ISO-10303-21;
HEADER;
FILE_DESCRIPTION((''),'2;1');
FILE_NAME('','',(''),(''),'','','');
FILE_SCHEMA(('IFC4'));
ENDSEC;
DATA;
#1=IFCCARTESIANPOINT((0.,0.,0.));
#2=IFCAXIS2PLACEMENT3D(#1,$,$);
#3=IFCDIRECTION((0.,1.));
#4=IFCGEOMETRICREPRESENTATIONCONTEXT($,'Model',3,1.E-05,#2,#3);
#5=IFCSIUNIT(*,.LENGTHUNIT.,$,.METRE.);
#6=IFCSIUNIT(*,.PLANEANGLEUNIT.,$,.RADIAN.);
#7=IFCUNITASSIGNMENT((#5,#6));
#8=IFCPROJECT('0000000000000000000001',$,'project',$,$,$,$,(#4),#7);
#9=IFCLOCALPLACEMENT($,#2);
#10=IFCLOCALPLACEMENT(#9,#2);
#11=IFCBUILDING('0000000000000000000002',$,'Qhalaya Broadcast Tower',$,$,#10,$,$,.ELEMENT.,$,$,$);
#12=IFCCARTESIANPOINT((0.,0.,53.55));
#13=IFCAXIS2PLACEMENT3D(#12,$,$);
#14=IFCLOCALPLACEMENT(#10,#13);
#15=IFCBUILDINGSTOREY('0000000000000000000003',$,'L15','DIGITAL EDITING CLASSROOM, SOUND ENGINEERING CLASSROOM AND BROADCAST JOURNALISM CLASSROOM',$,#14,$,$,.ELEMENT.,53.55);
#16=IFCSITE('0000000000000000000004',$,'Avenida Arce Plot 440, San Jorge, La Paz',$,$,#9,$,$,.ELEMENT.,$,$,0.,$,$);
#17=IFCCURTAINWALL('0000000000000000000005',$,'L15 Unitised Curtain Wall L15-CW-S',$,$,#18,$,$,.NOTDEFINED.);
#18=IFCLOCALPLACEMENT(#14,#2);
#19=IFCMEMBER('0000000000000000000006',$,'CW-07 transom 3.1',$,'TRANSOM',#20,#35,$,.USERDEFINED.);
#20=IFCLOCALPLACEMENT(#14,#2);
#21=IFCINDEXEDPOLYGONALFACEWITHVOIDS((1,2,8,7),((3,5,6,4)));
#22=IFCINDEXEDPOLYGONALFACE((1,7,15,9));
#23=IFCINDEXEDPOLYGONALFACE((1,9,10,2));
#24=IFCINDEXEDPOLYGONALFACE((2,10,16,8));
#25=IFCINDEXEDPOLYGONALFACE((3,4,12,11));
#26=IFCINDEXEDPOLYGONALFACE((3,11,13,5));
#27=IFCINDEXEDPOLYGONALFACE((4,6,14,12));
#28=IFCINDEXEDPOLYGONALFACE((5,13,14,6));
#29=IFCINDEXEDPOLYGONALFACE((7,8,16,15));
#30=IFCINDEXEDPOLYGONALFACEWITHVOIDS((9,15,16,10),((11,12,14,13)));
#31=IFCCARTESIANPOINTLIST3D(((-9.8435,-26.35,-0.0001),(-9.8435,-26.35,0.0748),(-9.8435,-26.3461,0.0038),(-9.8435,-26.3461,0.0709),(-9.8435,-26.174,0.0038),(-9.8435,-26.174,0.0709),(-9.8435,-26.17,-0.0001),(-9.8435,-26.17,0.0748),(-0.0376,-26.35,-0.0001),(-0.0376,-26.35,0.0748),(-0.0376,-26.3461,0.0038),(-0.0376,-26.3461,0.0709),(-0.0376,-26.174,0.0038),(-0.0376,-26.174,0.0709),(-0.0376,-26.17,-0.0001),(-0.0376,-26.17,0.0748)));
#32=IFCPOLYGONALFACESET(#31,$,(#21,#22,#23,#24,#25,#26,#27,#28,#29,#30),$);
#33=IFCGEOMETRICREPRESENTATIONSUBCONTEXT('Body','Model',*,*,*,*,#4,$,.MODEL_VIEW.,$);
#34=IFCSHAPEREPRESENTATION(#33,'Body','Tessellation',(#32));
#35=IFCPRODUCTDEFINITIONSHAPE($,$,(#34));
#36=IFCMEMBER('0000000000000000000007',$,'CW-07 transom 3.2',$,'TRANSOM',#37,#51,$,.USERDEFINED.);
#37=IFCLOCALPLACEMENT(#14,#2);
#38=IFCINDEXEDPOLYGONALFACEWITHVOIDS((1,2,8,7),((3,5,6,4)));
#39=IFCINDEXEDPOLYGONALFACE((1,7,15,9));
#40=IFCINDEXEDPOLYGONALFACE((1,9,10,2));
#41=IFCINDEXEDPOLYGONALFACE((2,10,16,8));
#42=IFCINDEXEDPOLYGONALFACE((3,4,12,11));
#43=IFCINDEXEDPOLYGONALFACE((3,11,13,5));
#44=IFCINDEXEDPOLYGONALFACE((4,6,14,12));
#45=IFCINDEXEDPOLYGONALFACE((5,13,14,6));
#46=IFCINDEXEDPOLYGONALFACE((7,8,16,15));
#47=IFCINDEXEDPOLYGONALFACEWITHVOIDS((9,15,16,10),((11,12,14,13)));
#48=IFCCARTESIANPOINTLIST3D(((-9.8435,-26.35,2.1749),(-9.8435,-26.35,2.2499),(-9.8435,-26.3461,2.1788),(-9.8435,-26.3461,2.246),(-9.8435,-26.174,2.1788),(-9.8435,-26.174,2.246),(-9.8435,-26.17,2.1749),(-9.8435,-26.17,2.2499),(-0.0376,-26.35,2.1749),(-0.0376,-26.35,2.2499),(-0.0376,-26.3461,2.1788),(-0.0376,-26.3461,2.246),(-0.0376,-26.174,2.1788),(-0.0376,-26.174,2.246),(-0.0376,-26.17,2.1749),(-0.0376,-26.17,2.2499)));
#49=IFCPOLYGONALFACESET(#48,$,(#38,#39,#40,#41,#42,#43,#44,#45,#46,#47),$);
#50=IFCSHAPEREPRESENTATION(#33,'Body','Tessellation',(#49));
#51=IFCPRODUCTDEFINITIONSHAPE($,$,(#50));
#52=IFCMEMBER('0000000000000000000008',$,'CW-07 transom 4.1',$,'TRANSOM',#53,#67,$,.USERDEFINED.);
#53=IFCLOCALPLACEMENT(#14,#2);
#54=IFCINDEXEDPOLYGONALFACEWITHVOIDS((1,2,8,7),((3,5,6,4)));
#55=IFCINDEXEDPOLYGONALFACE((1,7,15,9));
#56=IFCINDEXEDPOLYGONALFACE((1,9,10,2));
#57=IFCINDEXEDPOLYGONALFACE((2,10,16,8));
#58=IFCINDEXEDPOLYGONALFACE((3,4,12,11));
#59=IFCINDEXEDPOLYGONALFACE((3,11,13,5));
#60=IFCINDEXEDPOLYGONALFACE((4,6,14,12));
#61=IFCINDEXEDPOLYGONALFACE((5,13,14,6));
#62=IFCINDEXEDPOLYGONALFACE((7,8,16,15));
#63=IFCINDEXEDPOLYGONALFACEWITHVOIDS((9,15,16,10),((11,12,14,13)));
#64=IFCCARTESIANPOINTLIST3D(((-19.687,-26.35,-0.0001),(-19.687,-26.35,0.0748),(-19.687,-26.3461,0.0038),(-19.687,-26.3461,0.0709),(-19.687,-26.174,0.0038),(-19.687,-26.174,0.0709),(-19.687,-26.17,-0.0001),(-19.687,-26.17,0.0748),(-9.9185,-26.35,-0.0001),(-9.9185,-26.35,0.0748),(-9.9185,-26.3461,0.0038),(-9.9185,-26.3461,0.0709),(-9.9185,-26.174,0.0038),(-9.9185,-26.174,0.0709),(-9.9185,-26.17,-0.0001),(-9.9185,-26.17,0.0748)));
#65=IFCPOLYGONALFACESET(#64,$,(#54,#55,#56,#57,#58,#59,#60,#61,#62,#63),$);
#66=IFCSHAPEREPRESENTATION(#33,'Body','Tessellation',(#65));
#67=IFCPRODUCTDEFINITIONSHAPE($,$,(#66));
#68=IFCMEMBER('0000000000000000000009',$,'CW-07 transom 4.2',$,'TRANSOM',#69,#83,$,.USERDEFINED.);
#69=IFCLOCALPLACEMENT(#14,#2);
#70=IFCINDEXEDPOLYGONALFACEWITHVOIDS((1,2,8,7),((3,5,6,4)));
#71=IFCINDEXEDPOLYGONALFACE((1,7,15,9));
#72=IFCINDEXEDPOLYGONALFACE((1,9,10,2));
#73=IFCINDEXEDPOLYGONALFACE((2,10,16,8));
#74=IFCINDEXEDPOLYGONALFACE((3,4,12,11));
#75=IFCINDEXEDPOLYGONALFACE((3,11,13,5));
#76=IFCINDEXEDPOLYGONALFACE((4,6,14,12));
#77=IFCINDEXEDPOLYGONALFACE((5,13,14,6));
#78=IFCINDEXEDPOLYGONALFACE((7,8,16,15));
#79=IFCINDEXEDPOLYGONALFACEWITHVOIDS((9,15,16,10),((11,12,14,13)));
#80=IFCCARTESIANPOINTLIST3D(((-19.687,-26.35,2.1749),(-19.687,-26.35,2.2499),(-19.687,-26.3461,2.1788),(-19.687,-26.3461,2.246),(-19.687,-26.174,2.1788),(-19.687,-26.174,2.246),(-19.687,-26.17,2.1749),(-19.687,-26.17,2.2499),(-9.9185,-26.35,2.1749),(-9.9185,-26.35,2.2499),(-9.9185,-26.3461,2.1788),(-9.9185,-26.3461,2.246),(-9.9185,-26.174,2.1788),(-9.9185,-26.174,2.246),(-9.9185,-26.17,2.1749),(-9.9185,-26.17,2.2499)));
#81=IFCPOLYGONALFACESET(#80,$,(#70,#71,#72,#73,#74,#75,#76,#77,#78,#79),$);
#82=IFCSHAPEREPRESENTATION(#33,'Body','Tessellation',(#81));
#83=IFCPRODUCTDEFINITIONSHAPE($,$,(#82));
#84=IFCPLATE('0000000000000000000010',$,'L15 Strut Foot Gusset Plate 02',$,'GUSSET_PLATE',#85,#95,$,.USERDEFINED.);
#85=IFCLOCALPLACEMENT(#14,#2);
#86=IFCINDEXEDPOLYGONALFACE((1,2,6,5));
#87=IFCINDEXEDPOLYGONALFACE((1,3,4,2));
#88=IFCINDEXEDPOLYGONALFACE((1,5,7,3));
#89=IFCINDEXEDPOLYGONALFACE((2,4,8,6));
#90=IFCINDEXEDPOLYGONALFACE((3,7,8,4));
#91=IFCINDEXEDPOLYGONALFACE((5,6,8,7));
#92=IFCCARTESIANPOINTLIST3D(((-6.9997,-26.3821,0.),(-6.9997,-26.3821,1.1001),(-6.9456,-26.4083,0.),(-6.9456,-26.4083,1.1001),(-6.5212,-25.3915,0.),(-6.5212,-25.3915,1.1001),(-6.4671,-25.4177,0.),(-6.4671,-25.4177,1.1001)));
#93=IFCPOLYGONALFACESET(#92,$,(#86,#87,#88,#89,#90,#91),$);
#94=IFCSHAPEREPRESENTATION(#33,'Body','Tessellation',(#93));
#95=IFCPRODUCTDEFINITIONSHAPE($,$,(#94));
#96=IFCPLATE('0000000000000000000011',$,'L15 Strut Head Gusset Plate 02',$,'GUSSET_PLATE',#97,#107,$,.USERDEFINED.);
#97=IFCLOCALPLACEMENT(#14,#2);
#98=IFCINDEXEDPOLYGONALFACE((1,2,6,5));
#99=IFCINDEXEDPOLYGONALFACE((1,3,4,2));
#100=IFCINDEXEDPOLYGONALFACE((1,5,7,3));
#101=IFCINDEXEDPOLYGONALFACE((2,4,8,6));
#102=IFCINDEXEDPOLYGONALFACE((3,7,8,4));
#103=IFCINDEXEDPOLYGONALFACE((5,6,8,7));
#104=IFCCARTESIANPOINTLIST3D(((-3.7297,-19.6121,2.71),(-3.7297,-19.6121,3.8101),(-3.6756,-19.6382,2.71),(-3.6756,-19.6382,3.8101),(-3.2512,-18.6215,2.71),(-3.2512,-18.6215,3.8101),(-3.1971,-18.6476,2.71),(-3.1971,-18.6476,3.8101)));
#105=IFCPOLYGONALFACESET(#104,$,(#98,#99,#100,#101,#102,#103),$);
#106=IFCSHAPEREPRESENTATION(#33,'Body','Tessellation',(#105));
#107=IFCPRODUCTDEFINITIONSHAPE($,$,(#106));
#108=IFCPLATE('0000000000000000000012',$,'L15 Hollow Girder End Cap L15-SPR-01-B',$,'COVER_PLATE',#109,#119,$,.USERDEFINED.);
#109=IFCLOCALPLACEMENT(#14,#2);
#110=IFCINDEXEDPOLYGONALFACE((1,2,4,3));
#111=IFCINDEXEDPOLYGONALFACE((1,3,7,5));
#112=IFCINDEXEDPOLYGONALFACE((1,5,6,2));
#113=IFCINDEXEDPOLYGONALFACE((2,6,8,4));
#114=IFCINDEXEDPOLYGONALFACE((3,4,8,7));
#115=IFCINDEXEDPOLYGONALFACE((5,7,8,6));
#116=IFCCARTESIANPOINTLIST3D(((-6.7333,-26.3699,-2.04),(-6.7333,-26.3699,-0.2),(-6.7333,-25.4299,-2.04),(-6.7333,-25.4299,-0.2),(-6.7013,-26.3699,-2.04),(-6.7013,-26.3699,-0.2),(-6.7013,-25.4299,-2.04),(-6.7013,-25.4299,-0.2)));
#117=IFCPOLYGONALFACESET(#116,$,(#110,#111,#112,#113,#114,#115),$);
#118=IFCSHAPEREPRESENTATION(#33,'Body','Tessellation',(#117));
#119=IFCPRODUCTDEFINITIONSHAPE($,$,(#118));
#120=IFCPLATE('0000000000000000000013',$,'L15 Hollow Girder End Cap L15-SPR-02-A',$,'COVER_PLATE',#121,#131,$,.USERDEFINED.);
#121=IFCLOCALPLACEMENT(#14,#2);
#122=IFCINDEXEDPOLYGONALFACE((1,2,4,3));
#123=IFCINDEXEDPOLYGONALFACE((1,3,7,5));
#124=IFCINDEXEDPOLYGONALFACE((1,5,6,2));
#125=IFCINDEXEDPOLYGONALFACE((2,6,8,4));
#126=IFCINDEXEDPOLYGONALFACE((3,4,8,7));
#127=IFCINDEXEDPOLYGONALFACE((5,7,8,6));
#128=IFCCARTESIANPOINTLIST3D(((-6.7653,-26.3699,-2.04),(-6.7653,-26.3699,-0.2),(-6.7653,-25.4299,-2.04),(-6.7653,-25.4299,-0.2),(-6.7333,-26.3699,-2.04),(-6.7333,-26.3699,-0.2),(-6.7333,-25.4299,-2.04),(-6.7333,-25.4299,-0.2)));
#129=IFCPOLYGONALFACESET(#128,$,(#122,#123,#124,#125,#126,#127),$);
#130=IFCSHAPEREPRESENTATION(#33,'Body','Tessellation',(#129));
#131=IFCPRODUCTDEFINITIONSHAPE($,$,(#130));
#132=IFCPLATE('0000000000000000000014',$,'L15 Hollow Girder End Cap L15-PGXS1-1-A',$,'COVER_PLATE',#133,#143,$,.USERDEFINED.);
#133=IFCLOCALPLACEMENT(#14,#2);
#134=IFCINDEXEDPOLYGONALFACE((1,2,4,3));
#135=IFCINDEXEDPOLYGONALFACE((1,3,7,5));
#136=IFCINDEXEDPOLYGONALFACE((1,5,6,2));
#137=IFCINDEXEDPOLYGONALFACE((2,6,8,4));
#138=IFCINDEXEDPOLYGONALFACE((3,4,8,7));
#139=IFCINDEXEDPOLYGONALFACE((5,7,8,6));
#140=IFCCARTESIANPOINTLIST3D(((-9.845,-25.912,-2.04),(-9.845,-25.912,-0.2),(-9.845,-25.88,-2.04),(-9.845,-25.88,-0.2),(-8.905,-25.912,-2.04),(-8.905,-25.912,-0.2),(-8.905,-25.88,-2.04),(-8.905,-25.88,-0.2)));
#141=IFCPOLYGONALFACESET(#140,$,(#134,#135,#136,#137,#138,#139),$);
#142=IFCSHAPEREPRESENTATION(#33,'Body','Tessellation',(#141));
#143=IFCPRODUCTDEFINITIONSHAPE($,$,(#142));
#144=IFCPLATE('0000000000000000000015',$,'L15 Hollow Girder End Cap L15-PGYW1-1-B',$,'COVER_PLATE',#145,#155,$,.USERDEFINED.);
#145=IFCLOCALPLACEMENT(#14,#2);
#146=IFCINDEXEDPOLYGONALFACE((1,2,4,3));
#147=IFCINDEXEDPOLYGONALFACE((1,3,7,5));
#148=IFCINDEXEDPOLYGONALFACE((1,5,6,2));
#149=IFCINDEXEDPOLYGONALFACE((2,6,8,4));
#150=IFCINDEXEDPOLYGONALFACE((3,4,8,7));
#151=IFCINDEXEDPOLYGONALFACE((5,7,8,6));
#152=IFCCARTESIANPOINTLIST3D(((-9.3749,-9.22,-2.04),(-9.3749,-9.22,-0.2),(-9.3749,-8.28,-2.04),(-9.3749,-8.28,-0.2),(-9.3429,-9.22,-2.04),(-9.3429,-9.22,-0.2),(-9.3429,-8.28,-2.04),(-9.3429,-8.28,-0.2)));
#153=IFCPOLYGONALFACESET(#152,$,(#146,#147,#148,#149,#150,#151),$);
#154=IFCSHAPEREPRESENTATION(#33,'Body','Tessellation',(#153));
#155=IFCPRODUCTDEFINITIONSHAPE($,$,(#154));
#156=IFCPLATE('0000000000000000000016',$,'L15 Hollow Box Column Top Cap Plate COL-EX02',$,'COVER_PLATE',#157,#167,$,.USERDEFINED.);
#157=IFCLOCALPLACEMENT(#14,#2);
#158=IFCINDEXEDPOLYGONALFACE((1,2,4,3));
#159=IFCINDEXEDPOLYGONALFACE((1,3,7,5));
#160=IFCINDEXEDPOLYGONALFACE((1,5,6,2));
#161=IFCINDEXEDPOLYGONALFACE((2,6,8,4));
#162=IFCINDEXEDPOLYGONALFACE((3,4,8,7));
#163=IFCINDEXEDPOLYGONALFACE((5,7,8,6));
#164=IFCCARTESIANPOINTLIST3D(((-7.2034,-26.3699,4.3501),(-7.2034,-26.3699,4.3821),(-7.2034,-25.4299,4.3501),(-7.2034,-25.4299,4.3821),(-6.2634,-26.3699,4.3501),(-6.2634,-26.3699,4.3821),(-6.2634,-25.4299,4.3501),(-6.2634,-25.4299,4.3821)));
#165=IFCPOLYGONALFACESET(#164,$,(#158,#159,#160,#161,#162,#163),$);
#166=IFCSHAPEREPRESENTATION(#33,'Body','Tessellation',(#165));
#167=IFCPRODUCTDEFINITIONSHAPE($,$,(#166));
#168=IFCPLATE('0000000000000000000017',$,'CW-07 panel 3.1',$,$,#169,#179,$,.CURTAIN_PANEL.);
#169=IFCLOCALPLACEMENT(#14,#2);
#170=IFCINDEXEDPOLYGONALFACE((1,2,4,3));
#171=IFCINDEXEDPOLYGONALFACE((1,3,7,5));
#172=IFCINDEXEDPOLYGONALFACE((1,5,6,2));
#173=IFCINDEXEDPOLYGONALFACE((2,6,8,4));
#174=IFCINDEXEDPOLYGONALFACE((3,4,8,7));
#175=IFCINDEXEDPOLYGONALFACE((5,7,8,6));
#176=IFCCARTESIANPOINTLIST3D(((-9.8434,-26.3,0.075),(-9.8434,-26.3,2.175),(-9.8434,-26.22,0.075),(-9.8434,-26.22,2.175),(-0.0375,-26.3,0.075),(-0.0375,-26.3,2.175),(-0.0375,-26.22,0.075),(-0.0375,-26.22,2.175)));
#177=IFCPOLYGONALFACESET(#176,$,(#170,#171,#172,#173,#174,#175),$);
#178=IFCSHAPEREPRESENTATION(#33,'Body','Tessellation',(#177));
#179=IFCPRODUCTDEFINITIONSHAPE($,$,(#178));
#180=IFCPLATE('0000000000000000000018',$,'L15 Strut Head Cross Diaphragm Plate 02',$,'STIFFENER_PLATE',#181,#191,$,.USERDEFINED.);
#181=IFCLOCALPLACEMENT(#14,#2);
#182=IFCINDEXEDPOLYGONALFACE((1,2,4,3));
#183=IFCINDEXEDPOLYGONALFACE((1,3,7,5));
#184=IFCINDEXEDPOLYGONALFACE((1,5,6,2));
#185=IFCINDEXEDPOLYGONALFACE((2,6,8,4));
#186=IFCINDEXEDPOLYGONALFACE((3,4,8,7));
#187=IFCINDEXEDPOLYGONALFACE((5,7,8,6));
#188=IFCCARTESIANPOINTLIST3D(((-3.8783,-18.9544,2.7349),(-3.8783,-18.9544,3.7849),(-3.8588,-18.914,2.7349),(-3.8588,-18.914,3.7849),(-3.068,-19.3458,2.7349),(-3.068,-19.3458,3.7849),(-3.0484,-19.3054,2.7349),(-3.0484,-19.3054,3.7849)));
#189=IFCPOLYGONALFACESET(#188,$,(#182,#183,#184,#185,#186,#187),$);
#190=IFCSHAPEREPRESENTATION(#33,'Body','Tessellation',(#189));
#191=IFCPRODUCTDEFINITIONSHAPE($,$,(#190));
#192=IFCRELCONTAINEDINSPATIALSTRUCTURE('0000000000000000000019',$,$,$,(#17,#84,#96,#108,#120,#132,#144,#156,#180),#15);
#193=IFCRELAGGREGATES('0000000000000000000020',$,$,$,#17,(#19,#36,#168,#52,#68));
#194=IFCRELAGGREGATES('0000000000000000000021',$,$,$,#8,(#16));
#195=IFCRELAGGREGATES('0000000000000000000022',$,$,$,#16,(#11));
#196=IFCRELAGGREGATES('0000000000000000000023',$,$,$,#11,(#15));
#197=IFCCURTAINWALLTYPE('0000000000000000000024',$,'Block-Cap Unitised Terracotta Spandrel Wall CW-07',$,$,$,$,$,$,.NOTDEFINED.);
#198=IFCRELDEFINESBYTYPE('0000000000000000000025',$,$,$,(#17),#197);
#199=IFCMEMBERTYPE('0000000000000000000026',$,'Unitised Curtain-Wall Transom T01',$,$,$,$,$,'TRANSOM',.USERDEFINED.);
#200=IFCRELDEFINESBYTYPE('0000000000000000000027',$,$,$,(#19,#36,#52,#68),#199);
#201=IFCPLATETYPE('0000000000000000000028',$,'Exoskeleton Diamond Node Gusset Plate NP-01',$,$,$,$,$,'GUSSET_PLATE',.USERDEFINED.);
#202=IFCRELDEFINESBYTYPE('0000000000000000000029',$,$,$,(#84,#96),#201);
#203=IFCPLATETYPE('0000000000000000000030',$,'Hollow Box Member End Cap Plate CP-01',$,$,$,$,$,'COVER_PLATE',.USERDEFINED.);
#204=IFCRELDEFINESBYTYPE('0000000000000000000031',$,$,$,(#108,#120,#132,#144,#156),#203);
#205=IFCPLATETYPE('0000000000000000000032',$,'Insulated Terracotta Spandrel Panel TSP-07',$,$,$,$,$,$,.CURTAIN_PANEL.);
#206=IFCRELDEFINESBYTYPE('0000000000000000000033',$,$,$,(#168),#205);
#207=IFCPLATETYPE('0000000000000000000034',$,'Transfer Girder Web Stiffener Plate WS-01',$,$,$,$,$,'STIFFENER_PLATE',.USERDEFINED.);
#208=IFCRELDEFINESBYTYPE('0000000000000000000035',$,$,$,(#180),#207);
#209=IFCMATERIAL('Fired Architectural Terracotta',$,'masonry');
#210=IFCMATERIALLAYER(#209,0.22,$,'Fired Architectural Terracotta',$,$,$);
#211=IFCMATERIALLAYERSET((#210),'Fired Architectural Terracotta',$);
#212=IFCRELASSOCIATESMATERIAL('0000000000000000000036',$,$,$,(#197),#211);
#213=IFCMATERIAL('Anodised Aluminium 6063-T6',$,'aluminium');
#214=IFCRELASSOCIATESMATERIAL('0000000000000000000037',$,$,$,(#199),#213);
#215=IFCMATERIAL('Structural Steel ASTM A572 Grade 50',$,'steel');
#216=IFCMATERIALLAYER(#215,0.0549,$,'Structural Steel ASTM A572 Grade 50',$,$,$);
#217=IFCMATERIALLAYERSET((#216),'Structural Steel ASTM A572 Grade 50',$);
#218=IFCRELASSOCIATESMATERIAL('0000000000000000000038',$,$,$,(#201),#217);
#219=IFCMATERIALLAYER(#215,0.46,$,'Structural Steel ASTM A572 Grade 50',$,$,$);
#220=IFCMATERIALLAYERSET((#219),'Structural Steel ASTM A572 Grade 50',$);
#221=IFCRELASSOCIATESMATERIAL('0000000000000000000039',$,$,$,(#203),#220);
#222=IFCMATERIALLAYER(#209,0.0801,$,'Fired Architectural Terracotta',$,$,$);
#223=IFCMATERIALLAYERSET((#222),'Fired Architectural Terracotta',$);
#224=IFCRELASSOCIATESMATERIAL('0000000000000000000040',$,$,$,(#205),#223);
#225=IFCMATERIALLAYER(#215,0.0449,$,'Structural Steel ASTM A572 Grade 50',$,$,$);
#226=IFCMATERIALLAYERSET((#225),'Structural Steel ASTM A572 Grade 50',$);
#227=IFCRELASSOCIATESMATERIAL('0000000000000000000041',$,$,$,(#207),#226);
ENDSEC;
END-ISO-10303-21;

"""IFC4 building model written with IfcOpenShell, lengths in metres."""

from ifc_helpers import new_model, si_unit, direction, frame, origin, origin_2d, place, context, subcontext, project, spatial, rectangle, hollow_rectangle, extrude, material, layer, layer_set, material_profile, profile_set, type_object, element, aggregate, save


model = new_model("IFC4")

# Units and contexts
model_context = context("Model", 3, precision=1e-05, world=origin(), true_north=direction((0.0, 1.0)))
body_context = subcontext(model_context, "Body", "Model", "MODEL_VIEW")
ifc_project = project(units=[si_unit("LENGTHUNIT", "METRE"), si_unit("PLANEANGLEUNIT", "RADIAN")], contexts=[model_context])

# Site, building, storey
site_placement = place(None, origin())
site = spatial("IfcSite", under=ifc_project, at=site_placement, Name="Avenida Arce Plot 440, San Jorge, La Paz", CompositionType="ELEMENT", RefElevation=0.0)
building_placement = place(site_placement, origin())
building = spatial("IfcBuilding", under=site, at=building_placement, Name="Qhalaya Broadcast Tower", CompositionType="ELEMENT")
storey_placement = place(building_placement, frame((0.0, 0.0, 53.55)))
storey = spatial("IfcBuildingStorey", under=building, at=storey_placement, Name="L15", Description="DIGITAL EDITING CLASSROOM, SOUND ENGINEERING CLASSROOM AND BROADCAST JOURNALISM CLASSROOM", CompositionType="ELEMENT", Elevation=53.55)

# Shared definitions
ifc_material_1 = material(Name="Structural Steel ASTM A572 Grade 50", Category="steel")

# Curtain wall, members
ifc_material_2 = material(Name="Fired Architectural Terracotta", Category="masonry")
ifc_layer_1 = layer(ifc_material_2, 0.22, Name="Fired Architectural Terracotta")
ifc_layer_set_1 = layer_set([ifc_layer_1], Name="Fired Architectural Terracotta")
curtain_wall_type = type_object("IfcCurtainWallType", Name="Block-Cap Unitised Terracotta Spandrel Wall CW-07", PredefinedType="NOTDEFINED", material=ifc_layer_set_1)
curtain_wall_placement = place(storey_placement, origin())
curtain_wall = element("IfcCurtainWall", 1, at=curtain_wall_placement, inside=storey, type_object=curtain_wall_type, Name="L15 Unitised Curtain Wall L15-CW-S", PredefinedType="NOTDEFINED")
ifc_material_3 = material(Name="Anodised Aluminium 6063-T6", Category="aluminium")
ifc_material_profile_1 = material_profile(ifc_material_3, hollow_rectangle(XDim=0.075, YDim=0.1799, WallThickness=0.0039, at=origin_2d()), Name="ALU-TRN 75x180x4")
ifc_profile_set_1 = profile_set([ifc_material_profile_1], Name="Anodised Aluminium 6063-T6")
member_type_1 = type_object("IfcMemberType", Name="Unitised Curtain-Wall Transom T01", ElementType="TRANSOM", PredefinedType="USERDEFINED", material=ifc_profile_set_1)
member_1_placement = place(storey_placement, frame((-0.0376, -26.26, 0.0374), z_axis=(-1.0, 0.0, 0.0), x_axis=(0.0, 0.0, 1.0)))
member_1 = element("IfcMember", 2, at=member_1_placement, type_object=member_type_1, Name="CW-07 transom 3.1", ObjectType="TRANSOM", PredefinedType="USERDEFINED", context=body_context, shape_type="SweptSolid", body=[
    extrude(hollow_rectangle(XDim=0.075, YDim=0.1799, WallThickness=0.0039, at=origin_2d()), origin(), (0.0, 0.0, 1.0), 9.8059),
])
member_2_placement = place(storey_placement, frame((-0.0376, -26.26, 2.2124), z_axis=(-1.0, 0.0, 0.0), x_axis=(0.0, 0.0, 1.0)))
member_2 = element("IfcMember", 3, at=member_2_placement, type_object=member_type_1, Name="CW-07 transom 3.2", ObjectType="TRANSOM", PredefinedType="USERDEFINED", context=body_context, shape_type="SweptSolid", body=[
    extrude(hollow_rectangle(XDim=0.075, YDim=0.1799, WallThickness=0.0039, at=origin_2d()), origin(), (0.0, 0.0, 1.0), 9.8059),
])
member_3_placement = place(storey_placement, frame((-9.9185, -26.26, 0.0374), z_axis=(-1.0, 0.0, 0.0), x_axis=(0.0, 0.0, 1.0)))
member_3 = element("IfcMember", 4, at=member_3_placement, type_object=member_type_1, Name="CW-07 transom 4.1", ObjectType="TRANSOM", PredefinedType="USERDEFINED", context=body_context, shape_type="SweptSolid", body=[
    extrude(hollow_rectangle(XDim=0.075, YDim=0.1799, WallThickness=0.0039, at=origin_2d()), origin(), (0.0, 0.0, 1.0), 9.7686),
])
member_4_placement = place(storey_placement, frame((-9.9185, -26.26, 2.2124), z_axis=(-1.0, 0.0, 0.0), x_axis=(0.0, 0.0, 1.0)))
member_4 = element("IfcMember", 5, at=member_4_placement, type_object=member_type_1, Name="CW-07 transom 4.2", ObjectType="TRANSOM", PredefinedType="USERDEFINED", context=body_context, shape_type="SweptSolid", body=[
    extrude(hollow_rectangle(XDim=0.075, YDim=0.1799, WallThickness=0.0039, at=origin_2d()), origin(), (0.0, 0.0, 1.0), 9.7686),
])

# Plates
ifc_layer_2 = layer(ifc_material_1, 0.0549, Name="Structural Steel ASTM A572 Grade 50")
ifc_layer_set_2 = layer_set([ifc_layer_2], Name="Structural Steel ASTM A572 Grade 50")
plate_type_1 = type_object("IfcPlateType", Name="Exoskeleton Diamond Node Gusset Plate NP-01", ElementType="GUSSET_PLATE", PredefinedType="USERDEFINED", material=ifc_layer_set_2)
for number, where, z_axis, x_axis, name in (
    (6, (-6.7334, -25.8999, 0.0), (0.0, 0.0, 1.0), (0.434933, 0.900463, 0.0), "L15 Strut Foot Gusset Plate 02"),
    (7, (-3.4634, -19.1299, 2.71), (0.0, 0.0, 1.0), (0.434933, 0.900463, 0.0), "L15 Strut Head Gusset Plate 02"),
):
    element("IfcPlate", number, at=place(storey_placement, frame(where, z_axis=z_axis, x_axis=x_axis)), inside=storey, type_object=plate_type_1, Name=name, ObjectType="GUSSET_PLATE", PredefinedType="USERDEFINED", context=body_context, shape_type="SweptSolid", body=[
        extrude(rectangle(XDim=1.1001, YDim=0.0601, at=origin_2d()), origin(), (0.0, 0.0, 1.0), 1.1001),
    ])
ifc_layer_3 = layer(ifc_material_1, 0.46, Name="Structural Steel ASTM A572 Grade 50")
ifc_layer_set_3 = layer_set([ifc_layer_3], Name="Structural Steel ASTM A572 Grade 50")
plate_type_2 = type_object("IfcPlateType", Name="Hollow Box Member End Cap Plate CP-01", ElementType="COVER_PLATE", PredefinedType="USERDEFINED", material=ifc_layer_set_3)
for number, where, z_axis, x_axis, name in (
    (8, (-6.7173, -25.8999, -2.04), (0.0, 0.0, 1.0), (0.0, 1.0, 0.0), "L15 Hollow Girder End Cap L15-SPR-01-B"),
    (9, (-6.7493, -25.8999, -2.04), (0.0, 0.0, 1.0), (0.0, 1.0, 0.0), "L15 Hollow Girder End Cap L15-SPR-02-A"),
    (10, (-9.375, -25.896, -2.04), (0.0, 0.0, 1.0), (-1.0, 0.0, 0.0), "L15 Hollow Girder End Cap L15-PGXS1-1-A"),
    (11, (-9.3589, -8.75, -2.04), (0.0, 0.0, 1.0), (0.0, 1.0, 0.0), "L15 Hollow Girder End Cap L15-PGYW1-1-B"),
):
    element("IfcPlate", number, at=place(storey_placement, frame(where, z_axis=z_axis, x_axis=x_axis)), inside=storey, type_object=plate_type_2, Name=name, ObjectType="COVER_PLATE", PredefinedType="USERDEFINED", context=body_context, shape_type="SweptSolid", body=[
        extrude(rectangle(XDim=0.9399, YDim=0.032, at=origin_2d()), origin(), (0.0, 0.0, 1.0), 1.8401),
    ])
plate_1_placement = place(storey_placement, frame((-6.7334, -25.8999, 4.3501), z_axis=(0.0, 0.0, 1.0), x_axis=(1.0, 0.0, 0.0)))
element("IfcPlate", 12, at=plate_1_placement, inside=storey, type_object=plate_type_2, Name="L15 Hollow Box Column Top Cap Plate COL-EX02", ObjectType="COVER_PLATE", PredefinedType="USERDEFINED", context=body_context, shape_type="SweptSolid", body=[
    extrude(rectangle(XDim=0.9399, YDim=0.9399, at=origin_2d()), origin(), (0.0, 0.0, 1.0), 0.032),
])

# Plates
ifc_layer_4 = layer(ifc_material_2, 0.0801, Name="Fired Architectural Terracotta")
ifc_layer_set_4 = layer_set([ifc_layer_4], Name="Fired Architectural Terracotta")
plate_type_3 = type_object("IfcPlateType", Name="Insulated Terracotta Spandrel Panel TSP-07", PredefinedType="CURTAIN_PANEL", material=ifc_layer_set_4)
plate_2_placement = place(storey_placement, frame((-4.9404, -26.26, 0.075), z_axis=(0.0, 0.0, 1.0), x_axis=(-1.0, 0.0, 0.0)))
plate_2 = element("IfcPlate", 13, at=plate_2_placement, type_object=plate_type_3, Name="CW-07 panel 3.1", PredefinedType="CURTAIN_PANEL", context=body_context, shape_type="SweptSolid", body=[
    extrude(rectangle(XDim=9.8059, YDim=0.0801, at=origin_2d()), origin(), (0.0, 0.0, 1.0), 2.1001),
])
aggregate(curtain_wall, [member_1, member_2, plate_2, member_3, member_4])
ifc_layer_5 = layer(ifc_material_1, 0.0449, Name="Structural Steel ASTM A572 Grade 50")
ifc_layer_set_5 = layer_set([ifc_layer_5], Name="Structural Steel ASTM A572 Grade 50")
plate_type_4 = type_object("IfcPlateType", Name="Transfer Girder Web Stiffener Plate WS-01", ElementType="STIFFENER_PLATE", PredefinedType="USERDEFINED", material=ifc_layer_set_5)
plate_3_placement = place(storey_placement, frame((-3.4634, -19.1299, 2.7349), z_axis=(0.0, 0.0, 1.0), x_axis=(-0.900463, 0.434933, 0.0)))
element("IfcPlate", 14, at=plate_3_placement, inside=storey, type_object=plate_type_4, Name="L15 Strut Head Cross Diaphragm Plate 02", ObjectType="STIFFENER_PLATE", PredefinedType="USERDEFINED", context=body_context, shape_type="SweptSolid", body=[
    extrude(rectangle(XDim=0.8999, YDim=0.0449, at=origin_2d()), origin(), (0.0, 0.0, 1.0), 1.05),
])

save(model, "model.ifc")
